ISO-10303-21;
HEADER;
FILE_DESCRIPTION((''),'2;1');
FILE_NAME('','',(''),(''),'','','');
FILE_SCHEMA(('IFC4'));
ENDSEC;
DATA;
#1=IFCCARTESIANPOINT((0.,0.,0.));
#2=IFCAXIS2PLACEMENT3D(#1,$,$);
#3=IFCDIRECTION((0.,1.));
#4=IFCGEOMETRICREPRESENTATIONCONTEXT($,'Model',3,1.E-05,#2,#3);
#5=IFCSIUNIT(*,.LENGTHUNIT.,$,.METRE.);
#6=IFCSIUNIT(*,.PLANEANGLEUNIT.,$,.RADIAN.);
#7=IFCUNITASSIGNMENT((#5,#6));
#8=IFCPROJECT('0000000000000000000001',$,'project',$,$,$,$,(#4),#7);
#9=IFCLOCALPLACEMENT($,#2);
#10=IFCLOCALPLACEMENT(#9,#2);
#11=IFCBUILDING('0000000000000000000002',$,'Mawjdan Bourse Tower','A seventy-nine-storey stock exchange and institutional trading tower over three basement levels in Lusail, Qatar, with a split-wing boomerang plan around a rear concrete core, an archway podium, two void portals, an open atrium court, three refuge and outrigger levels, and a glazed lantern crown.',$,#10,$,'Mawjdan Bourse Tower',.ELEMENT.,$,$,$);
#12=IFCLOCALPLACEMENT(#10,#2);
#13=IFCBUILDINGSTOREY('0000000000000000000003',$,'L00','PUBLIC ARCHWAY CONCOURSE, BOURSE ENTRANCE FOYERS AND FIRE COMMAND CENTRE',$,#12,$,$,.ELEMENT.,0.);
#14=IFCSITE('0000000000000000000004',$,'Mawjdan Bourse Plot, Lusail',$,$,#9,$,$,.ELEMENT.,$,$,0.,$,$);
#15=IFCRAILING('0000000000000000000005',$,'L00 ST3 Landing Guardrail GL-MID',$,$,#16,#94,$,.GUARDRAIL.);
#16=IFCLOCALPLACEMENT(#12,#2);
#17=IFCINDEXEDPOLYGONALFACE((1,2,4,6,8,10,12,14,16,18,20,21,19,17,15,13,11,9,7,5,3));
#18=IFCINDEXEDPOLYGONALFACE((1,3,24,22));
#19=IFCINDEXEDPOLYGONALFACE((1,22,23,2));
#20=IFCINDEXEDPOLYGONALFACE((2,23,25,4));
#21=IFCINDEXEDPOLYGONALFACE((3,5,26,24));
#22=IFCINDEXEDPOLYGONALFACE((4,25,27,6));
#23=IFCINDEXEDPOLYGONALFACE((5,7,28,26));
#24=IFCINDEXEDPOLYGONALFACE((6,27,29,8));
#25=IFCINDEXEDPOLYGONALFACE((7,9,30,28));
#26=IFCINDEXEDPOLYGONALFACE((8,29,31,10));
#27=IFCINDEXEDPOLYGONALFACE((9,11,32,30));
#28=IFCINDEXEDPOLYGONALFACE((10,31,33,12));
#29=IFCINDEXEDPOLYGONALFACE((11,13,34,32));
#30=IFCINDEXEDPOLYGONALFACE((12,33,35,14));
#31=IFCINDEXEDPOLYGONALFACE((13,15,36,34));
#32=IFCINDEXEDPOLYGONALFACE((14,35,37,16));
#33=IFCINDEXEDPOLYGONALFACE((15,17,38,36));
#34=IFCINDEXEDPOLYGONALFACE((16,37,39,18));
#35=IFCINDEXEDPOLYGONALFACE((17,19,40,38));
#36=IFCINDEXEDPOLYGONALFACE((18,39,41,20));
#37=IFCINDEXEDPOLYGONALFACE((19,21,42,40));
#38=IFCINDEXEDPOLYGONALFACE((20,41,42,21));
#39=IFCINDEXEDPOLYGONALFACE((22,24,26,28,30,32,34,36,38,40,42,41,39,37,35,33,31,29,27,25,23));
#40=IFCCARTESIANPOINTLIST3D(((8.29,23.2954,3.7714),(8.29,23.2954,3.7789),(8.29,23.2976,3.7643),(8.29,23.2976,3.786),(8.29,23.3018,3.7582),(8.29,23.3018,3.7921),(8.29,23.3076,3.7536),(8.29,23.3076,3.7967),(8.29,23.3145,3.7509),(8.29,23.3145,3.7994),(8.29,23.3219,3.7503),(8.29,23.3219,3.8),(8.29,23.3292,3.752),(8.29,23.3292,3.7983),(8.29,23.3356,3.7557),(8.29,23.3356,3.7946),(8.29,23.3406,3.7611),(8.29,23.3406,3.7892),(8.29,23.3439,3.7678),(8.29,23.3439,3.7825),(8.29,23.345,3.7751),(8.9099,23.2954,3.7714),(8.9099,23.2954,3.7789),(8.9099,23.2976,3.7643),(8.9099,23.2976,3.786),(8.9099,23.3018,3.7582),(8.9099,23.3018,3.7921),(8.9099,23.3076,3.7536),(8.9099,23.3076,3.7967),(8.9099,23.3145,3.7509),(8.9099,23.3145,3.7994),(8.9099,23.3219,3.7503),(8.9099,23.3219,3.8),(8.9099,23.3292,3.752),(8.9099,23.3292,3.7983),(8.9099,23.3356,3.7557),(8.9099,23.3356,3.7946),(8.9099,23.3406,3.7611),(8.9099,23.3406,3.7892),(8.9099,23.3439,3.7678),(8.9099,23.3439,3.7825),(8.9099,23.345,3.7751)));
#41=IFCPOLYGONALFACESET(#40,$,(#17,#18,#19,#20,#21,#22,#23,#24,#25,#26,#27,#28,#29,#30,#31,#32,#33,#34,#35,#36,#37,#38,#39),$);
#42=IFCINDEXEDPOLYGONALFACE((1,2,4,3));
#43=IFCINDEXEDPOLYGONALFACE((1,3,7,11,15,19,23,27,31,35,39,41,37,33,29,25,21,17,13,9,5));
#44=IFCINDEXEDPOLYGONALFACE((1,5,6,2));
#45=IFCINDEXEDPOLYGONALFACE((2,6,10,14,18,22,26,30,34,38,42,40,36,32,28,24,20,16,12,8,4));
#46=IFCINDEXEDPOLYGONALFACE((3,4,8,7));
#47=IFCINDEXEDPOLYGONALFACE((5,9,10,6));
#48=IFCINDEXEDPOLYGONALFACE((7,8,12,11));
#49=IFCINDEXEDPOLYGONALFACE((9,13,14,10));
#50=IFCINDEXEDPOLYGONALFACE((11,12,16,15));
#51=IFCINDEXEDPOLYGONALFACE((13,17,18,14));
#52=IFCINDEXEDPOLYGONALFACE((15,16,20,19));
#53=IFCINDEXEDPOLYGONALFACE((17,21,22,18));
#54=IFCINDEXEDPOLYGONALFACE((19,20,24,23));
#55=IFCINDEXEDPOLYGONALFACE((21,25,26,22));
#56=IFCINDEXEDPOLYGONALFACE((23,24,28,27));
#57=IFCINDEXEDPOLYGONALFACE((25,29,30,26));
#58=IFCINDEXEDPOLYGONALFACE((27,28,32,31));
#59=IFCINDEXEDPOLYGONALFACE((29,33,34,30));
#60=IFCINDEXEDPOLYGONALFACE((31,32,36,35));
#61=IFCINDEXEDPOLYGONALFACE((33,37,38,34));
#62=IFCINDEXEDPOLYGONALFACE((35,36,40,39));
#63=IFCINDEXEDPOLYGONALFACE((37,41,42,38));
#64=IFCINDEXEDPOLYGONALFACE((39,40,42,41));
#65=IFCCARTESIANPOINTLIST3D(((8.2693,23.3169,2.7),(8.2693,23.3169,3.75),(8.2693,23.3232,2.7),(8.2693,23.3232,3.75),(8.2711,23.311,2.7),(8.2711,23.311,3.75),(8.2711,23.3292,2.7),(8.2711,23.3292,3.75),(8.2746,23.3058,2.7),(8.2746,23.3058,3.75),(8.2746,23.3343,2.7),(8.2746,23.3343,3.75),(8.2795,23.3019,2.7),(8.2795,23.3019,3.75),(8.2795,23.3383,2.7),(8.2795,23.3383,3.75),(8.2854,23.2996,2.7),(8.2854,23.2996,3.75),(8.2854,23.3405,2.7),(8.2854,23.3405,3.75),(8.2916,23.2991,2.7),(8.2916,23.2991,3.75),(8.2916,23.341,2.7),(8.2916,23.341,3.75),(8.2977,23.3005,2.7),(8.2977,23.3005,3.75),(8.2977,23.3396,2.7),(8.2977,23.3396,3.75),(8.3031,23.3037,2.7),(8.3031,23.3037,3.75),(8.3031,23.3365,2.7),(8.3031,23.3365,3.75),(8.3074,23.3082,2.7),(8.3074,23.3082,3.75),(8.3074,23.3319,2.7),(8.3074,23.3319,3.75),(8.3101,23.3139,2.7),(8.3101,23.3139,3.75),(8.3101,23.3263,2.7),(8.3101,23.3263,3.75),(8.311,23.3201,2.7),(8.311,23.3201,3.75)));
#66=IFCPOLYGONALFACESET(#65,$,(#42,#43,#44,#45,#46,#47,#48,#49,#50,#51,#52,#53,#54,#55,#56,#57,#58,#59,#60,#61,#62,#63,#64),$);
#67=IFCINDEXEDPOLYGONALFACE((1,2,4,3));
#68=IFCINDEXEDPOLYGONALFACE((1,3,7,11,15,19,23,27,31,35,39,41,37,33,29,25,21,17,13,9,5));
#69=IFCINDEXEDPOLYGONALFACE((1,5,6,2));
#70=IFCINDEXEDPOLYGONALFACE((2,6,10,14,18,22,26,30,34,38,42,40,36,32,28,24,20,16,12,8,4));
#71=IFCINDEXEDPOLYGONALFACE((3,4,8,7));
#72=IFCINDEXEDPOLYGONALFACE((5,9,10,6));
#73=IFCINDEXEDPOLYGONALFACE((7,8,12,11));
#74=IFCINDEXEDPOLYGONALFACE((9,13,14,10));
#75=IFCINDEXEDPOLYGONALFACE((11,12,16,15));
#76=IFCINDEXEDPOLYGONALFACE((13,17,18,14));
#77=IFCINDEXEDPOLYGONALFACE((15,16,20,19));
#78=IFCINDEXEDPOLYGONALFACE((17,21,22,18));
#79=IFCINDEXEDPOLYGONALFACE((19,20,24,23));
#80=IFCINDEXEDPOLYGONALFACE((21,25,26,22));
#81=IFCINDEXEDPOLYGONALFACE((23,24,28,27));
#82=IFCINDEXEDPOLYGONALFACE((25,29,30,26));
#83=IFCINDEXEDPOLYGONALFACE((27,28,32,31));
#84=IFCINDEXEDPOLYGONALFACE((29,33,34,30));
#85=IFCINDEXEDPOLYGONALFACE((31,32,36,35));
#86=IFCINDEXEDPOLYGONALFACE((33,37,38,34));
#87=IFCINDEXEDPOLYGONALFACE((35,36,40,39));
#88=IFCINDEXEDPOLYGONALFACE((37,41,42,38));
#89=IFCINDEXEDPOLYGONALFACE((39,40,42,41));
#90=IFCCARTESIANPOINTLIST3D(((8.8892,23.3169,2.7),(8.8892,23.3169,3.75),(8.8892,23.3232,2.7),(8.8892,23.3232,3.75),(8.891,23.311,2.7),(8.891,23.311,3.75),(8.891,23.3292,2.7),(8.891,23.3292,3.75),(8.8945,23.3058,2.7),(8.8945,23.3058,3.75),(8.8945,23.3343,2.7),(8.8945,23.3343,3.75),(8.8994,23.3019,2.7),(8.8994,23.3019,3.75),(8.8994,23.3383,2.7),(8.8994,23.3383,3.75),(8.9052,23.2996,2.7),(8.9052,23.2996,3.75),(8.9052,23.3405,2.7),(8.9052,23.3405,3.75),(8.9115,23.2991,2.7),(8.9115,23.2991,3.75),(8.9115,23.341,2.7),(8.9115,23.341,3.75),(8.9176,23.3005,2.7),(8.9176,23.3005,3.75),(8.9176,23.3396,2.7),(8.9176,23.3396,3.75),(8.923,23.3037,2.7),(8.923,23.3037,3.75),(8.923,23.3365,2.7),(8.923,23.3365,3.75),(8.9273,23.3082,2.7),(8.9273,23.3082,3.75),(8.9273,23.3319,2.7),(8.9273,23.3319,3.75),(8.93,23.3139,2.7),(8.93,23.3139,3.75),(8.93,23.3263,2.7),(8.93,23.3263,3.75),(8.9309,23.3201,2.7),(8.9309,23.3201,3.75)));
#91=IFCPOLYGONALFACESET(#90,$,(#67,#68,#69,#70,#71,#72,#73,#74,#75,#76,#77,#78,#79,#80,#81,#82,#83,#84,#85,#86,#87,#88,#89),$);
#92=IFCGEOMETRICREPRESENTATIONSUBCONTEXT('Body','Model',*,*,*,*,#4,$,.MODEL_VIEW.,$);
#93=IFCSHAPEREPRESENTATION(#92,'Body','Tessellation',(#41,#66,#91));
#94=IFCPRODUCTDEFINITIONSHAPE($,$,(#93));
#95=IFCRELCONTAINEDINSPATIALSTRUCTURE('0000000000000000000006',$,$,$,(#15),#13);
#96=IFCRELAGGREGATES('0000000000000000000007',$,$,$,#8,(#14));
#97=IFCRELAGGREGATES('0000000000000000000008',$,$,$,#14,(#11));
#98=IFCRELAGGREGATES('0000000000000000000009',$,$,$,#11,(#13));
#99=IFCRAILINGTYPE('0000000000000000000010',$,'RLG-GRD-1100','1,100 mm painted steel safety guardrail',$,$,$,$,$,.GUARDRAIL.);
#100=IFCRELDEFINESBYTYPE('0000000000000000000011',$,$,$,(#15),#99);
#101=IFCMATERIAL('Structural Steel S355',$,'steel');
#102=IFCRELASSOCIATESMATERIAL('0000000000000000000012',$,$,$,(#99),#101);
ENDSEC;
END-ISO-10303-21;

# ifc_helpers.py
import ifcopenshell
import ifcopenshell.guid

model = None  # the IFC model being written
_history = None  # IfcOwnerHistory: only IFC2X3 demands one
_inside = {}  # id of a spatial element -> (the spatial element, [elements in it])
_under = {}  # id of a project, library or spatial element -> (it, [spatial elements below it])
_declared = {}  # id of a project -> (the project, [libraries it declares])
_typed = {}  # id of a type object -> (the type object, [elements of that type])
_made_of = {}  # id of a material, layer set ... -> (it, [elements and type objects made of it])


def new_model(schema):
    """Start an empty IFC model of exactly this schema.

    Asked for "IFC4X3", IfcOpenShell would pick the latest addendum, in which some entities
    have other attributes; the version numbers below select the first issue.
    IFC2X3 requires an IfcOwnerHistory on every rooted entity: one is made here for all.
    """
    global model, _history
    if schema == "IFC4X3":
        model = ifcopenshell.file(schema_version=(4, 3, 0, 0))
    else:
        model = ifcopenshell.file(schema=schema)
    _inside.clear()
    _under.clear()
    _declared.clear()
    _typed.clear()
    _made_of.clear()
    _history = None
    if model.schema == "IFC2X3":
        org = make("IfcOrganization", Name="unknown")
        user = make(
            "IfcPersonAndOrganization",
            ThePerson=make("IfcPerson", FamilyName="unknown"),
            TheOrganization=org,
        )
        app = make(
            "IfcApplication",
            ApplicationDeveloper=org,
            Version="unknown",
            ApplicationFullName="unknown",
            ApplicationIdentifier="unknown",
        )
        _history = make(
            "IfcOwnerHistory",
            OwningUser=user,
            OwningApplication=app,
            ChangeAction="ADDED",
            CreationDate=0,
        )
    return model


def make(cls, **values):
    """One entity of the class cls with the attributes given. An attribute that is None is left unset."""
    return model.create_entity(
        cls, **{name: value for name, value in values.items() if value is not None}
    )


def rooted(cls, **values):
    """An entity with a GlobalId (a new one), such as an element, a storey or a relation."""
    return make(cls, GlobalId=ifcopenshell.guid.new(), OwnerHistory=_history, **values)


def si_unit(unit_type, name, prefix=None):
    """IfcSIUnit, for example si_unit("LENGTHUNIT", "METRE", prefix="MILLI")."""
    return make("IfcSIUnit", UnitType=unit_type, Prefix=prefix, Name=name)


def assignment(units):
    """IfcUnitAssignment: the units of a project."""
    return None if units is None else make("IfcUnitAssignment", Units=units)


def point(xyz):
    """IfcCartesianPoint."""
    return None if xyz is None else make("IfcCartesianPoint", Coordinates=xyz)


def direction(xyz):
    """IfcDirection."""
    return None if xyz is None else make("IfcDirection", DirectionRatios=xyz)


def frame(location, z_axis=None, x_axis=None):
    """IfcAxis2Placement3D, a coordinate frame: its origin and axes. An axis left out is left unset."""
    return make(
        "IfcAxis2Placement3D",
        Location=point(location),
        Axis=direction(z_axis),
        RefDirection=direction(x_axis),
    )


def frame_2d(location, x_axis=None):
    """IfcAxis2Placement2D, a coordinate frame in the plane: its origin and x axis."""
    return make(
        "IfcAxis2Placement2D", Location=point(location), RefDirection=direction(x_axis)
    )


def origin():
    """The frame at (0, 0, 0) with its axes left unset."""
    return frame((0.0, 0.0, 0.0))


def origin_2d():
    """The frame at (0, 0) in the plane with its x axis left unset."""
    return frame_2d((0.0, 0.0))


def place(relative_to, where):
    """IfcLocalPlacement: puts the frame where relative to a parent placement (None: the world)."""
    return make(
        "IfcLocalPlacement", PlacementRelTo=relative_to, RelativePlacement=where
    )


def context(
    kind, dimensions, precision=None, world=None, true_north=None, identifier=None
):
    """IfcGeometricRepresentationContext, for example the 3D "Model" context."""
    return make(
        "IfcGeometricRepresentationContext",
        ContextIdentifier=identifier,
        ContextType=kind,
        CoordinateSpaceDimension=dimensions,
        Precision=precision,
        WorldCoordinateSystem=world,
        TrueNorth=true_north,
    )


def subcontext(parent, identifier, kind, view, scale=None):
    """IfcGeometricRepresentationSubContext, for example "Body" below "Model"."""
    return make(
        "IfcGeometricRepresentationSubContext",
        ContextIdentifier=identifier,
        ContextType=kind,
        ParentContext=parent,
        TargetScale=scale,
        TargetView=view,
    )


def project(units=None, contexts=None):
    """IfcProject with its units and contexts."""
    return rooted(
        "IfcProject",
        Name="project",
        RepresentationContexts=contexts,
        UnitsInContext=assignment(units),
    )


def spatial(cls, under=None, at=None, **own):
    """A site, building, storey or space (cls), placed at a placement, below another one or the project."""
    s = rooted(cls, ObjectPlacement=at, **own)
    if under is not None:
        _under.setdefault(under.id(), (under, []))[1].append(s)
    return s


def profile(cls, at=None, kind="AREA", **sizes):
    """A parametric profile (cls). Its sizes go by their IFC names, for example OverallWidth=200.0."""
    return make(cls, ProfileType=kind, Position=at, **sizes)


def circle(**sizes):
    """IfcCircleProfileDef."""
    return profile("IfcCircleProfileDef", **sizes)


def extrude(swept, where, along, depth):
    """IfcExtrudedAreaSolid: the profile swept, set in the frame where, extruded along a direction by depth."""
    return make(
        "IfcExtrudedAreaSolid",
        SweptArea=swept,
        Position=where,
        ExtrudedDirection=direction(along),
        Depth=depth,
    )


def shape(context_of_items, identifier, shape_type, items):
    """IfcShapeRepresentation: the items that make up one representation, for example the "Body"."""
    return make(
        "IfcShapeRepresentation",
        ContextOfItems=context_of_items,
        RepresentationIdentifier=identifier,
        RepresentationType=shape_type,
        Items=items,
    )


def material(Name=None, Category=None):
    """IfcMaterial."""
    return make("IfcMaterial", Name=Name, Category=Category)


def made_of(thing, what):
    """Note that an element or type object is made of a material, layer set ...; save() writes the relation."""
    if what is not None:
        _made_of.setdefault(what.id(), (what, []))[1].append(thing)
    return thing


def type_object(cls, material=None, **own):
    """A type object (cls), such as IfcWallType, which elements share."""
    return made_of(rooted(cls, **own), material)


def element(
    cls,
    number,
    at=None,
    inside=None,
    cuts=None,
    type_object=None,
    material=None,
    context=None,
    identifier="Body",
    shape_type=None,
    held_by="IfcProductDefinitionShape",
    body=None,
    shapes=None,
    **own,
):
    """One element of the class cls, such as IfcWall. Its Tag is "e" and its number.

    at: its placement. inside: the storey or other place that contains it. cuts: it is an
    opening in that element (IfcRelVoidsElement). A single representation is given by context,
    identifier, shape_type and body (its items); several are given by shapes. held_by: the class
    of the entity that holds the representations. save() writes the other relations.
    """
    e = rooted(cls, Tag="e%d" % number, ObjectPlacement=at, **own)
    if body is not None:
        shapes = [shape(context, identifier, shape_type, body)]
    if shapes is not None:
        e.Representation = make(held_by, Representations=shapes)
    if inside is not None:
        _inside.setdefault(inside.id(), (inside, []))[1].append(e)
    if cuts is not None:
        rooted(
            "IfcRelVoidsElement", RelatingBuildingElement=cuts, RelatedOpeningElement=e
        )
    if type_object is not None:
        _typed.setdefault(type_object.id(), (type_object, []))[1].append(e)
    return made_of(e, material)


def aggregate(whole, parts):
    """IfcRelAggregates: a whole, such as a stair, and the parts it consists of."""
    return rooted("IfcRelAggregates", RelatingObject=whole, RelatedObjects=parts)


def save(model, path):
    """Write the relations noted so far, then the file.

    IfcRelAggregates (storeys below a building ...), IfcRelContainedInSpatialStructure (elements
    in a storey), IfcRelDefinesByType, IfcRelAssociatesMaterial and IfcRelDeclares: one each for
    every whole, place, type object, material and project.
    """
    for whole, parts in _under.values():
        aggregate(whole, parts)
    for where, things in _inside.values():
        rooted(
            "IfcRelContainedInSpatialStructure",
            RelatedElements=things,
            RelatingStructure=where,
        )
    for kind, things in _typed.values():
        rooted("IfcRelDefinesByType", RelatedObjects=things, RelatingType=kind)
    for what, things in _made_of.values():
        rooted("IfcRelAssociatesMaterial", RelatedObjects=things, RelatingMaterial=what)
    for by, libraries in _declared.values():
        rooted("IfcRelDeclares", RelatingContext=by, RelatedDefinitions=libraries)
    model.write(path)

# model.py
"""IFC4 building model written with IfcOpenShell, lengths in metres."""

from ifc_helpers import new_model, si_unit, direction, frame, origin, origin_2d, place, context, subcontext, project, spatial, circle, extrude, material, type_object, element, save


model = new_model("IFC4")

# Units and contexts
model_context = context("Model", 3, precision=1e-05, world=origin(), true_north=direction((0.0, 1.0)))
body_context = subcontext(model_context, "Body", "Model", "MODEL_VIEW")
ifc_project = project(units=[si_unit("LENGTHUNIT", "METRE"), si_unit("PLANEANGLEUNIT", "RADIAN")], contexts=[model_context])

# Site, building, storey
site_placement = place(None, origin())
site = spatial("IfcSite", under=ifc_project, at=site_placement, Name="Mawjdan Bourse Plot, Lusail", CompositionType="ELEMENT", RefElevation=0.0)
building_placement = place(site_placement, origin())
building = spatial("IfcBuilding", under=site, at=building_placement, Name="Mawjdan Bourse Tower", Description="A seventy-nine-storey stock exchange and institutional trading tower over three basement levels in Lusail, Qatar, with a split-wing boomerang plan around a rear concrete core, an archway podium, two void portals, an open atrium court, three refuge and outrigger levels, and a glazed lantern crown.", LongName="Mawjdan Bourse Tower", CompositionType="ELEMENT")
storey_placement = place(building_placement, origin())
storey = spatial("IfcBuildingStorey", under=building, at=storey_placement, Name="L00", Description="PUBLIC ARCHWAY CONCOURSE, BOURSE ENTRANCE FOYERS AND FIRE COMMAND CENTRE", CompositionType="ELEMENT", Elevation=0.0)

# Shared definitions
ifc_material_1 = material(Name="Structural Steel S355", Category="steel")

# Railing
railing_type_1 = type_object("IfcRailingType", Name="RLG-GRD-1100", Description="1,100 mm painted steel safety guardrail", PredefinedType="GUARDRAIL", material=ifc_material_1)
for number, where, name in (
    (1, (8.29, 23.3201, 2.7), "L00 ST3 Landing Guardrail GL-MID"),
):
    element("IfcRailing", number, at=place(storey_placement, frame(where)), inside=storey, type_object=railing_type_1, Name=name, PredefinedType="GUARDRAIL", context=body_context, shape_type="SweptSolid", body=[
        extrude(circle(Radius=0.0249, at=origin_2d()), frame((0.0, 0.0, 1.0752), z_axis=(1.0, 0.0, 0.0), x_axis=(0.0, 1.0, 0.0)), (0.0, 0.0, 1.0), 0.6199),
        extrude(circle(Radius=0.021, at=origin_2d()), origin(), (0.0, 0.0, 1.0), 1.05),
        extrude(circle(Radius=0.021, at=origin_2d()), frame((0.6199, 0.0, 0.0)), (0.0, 0.0, 1.0), 1.05),
    ])

save(model, "model.ifc")
